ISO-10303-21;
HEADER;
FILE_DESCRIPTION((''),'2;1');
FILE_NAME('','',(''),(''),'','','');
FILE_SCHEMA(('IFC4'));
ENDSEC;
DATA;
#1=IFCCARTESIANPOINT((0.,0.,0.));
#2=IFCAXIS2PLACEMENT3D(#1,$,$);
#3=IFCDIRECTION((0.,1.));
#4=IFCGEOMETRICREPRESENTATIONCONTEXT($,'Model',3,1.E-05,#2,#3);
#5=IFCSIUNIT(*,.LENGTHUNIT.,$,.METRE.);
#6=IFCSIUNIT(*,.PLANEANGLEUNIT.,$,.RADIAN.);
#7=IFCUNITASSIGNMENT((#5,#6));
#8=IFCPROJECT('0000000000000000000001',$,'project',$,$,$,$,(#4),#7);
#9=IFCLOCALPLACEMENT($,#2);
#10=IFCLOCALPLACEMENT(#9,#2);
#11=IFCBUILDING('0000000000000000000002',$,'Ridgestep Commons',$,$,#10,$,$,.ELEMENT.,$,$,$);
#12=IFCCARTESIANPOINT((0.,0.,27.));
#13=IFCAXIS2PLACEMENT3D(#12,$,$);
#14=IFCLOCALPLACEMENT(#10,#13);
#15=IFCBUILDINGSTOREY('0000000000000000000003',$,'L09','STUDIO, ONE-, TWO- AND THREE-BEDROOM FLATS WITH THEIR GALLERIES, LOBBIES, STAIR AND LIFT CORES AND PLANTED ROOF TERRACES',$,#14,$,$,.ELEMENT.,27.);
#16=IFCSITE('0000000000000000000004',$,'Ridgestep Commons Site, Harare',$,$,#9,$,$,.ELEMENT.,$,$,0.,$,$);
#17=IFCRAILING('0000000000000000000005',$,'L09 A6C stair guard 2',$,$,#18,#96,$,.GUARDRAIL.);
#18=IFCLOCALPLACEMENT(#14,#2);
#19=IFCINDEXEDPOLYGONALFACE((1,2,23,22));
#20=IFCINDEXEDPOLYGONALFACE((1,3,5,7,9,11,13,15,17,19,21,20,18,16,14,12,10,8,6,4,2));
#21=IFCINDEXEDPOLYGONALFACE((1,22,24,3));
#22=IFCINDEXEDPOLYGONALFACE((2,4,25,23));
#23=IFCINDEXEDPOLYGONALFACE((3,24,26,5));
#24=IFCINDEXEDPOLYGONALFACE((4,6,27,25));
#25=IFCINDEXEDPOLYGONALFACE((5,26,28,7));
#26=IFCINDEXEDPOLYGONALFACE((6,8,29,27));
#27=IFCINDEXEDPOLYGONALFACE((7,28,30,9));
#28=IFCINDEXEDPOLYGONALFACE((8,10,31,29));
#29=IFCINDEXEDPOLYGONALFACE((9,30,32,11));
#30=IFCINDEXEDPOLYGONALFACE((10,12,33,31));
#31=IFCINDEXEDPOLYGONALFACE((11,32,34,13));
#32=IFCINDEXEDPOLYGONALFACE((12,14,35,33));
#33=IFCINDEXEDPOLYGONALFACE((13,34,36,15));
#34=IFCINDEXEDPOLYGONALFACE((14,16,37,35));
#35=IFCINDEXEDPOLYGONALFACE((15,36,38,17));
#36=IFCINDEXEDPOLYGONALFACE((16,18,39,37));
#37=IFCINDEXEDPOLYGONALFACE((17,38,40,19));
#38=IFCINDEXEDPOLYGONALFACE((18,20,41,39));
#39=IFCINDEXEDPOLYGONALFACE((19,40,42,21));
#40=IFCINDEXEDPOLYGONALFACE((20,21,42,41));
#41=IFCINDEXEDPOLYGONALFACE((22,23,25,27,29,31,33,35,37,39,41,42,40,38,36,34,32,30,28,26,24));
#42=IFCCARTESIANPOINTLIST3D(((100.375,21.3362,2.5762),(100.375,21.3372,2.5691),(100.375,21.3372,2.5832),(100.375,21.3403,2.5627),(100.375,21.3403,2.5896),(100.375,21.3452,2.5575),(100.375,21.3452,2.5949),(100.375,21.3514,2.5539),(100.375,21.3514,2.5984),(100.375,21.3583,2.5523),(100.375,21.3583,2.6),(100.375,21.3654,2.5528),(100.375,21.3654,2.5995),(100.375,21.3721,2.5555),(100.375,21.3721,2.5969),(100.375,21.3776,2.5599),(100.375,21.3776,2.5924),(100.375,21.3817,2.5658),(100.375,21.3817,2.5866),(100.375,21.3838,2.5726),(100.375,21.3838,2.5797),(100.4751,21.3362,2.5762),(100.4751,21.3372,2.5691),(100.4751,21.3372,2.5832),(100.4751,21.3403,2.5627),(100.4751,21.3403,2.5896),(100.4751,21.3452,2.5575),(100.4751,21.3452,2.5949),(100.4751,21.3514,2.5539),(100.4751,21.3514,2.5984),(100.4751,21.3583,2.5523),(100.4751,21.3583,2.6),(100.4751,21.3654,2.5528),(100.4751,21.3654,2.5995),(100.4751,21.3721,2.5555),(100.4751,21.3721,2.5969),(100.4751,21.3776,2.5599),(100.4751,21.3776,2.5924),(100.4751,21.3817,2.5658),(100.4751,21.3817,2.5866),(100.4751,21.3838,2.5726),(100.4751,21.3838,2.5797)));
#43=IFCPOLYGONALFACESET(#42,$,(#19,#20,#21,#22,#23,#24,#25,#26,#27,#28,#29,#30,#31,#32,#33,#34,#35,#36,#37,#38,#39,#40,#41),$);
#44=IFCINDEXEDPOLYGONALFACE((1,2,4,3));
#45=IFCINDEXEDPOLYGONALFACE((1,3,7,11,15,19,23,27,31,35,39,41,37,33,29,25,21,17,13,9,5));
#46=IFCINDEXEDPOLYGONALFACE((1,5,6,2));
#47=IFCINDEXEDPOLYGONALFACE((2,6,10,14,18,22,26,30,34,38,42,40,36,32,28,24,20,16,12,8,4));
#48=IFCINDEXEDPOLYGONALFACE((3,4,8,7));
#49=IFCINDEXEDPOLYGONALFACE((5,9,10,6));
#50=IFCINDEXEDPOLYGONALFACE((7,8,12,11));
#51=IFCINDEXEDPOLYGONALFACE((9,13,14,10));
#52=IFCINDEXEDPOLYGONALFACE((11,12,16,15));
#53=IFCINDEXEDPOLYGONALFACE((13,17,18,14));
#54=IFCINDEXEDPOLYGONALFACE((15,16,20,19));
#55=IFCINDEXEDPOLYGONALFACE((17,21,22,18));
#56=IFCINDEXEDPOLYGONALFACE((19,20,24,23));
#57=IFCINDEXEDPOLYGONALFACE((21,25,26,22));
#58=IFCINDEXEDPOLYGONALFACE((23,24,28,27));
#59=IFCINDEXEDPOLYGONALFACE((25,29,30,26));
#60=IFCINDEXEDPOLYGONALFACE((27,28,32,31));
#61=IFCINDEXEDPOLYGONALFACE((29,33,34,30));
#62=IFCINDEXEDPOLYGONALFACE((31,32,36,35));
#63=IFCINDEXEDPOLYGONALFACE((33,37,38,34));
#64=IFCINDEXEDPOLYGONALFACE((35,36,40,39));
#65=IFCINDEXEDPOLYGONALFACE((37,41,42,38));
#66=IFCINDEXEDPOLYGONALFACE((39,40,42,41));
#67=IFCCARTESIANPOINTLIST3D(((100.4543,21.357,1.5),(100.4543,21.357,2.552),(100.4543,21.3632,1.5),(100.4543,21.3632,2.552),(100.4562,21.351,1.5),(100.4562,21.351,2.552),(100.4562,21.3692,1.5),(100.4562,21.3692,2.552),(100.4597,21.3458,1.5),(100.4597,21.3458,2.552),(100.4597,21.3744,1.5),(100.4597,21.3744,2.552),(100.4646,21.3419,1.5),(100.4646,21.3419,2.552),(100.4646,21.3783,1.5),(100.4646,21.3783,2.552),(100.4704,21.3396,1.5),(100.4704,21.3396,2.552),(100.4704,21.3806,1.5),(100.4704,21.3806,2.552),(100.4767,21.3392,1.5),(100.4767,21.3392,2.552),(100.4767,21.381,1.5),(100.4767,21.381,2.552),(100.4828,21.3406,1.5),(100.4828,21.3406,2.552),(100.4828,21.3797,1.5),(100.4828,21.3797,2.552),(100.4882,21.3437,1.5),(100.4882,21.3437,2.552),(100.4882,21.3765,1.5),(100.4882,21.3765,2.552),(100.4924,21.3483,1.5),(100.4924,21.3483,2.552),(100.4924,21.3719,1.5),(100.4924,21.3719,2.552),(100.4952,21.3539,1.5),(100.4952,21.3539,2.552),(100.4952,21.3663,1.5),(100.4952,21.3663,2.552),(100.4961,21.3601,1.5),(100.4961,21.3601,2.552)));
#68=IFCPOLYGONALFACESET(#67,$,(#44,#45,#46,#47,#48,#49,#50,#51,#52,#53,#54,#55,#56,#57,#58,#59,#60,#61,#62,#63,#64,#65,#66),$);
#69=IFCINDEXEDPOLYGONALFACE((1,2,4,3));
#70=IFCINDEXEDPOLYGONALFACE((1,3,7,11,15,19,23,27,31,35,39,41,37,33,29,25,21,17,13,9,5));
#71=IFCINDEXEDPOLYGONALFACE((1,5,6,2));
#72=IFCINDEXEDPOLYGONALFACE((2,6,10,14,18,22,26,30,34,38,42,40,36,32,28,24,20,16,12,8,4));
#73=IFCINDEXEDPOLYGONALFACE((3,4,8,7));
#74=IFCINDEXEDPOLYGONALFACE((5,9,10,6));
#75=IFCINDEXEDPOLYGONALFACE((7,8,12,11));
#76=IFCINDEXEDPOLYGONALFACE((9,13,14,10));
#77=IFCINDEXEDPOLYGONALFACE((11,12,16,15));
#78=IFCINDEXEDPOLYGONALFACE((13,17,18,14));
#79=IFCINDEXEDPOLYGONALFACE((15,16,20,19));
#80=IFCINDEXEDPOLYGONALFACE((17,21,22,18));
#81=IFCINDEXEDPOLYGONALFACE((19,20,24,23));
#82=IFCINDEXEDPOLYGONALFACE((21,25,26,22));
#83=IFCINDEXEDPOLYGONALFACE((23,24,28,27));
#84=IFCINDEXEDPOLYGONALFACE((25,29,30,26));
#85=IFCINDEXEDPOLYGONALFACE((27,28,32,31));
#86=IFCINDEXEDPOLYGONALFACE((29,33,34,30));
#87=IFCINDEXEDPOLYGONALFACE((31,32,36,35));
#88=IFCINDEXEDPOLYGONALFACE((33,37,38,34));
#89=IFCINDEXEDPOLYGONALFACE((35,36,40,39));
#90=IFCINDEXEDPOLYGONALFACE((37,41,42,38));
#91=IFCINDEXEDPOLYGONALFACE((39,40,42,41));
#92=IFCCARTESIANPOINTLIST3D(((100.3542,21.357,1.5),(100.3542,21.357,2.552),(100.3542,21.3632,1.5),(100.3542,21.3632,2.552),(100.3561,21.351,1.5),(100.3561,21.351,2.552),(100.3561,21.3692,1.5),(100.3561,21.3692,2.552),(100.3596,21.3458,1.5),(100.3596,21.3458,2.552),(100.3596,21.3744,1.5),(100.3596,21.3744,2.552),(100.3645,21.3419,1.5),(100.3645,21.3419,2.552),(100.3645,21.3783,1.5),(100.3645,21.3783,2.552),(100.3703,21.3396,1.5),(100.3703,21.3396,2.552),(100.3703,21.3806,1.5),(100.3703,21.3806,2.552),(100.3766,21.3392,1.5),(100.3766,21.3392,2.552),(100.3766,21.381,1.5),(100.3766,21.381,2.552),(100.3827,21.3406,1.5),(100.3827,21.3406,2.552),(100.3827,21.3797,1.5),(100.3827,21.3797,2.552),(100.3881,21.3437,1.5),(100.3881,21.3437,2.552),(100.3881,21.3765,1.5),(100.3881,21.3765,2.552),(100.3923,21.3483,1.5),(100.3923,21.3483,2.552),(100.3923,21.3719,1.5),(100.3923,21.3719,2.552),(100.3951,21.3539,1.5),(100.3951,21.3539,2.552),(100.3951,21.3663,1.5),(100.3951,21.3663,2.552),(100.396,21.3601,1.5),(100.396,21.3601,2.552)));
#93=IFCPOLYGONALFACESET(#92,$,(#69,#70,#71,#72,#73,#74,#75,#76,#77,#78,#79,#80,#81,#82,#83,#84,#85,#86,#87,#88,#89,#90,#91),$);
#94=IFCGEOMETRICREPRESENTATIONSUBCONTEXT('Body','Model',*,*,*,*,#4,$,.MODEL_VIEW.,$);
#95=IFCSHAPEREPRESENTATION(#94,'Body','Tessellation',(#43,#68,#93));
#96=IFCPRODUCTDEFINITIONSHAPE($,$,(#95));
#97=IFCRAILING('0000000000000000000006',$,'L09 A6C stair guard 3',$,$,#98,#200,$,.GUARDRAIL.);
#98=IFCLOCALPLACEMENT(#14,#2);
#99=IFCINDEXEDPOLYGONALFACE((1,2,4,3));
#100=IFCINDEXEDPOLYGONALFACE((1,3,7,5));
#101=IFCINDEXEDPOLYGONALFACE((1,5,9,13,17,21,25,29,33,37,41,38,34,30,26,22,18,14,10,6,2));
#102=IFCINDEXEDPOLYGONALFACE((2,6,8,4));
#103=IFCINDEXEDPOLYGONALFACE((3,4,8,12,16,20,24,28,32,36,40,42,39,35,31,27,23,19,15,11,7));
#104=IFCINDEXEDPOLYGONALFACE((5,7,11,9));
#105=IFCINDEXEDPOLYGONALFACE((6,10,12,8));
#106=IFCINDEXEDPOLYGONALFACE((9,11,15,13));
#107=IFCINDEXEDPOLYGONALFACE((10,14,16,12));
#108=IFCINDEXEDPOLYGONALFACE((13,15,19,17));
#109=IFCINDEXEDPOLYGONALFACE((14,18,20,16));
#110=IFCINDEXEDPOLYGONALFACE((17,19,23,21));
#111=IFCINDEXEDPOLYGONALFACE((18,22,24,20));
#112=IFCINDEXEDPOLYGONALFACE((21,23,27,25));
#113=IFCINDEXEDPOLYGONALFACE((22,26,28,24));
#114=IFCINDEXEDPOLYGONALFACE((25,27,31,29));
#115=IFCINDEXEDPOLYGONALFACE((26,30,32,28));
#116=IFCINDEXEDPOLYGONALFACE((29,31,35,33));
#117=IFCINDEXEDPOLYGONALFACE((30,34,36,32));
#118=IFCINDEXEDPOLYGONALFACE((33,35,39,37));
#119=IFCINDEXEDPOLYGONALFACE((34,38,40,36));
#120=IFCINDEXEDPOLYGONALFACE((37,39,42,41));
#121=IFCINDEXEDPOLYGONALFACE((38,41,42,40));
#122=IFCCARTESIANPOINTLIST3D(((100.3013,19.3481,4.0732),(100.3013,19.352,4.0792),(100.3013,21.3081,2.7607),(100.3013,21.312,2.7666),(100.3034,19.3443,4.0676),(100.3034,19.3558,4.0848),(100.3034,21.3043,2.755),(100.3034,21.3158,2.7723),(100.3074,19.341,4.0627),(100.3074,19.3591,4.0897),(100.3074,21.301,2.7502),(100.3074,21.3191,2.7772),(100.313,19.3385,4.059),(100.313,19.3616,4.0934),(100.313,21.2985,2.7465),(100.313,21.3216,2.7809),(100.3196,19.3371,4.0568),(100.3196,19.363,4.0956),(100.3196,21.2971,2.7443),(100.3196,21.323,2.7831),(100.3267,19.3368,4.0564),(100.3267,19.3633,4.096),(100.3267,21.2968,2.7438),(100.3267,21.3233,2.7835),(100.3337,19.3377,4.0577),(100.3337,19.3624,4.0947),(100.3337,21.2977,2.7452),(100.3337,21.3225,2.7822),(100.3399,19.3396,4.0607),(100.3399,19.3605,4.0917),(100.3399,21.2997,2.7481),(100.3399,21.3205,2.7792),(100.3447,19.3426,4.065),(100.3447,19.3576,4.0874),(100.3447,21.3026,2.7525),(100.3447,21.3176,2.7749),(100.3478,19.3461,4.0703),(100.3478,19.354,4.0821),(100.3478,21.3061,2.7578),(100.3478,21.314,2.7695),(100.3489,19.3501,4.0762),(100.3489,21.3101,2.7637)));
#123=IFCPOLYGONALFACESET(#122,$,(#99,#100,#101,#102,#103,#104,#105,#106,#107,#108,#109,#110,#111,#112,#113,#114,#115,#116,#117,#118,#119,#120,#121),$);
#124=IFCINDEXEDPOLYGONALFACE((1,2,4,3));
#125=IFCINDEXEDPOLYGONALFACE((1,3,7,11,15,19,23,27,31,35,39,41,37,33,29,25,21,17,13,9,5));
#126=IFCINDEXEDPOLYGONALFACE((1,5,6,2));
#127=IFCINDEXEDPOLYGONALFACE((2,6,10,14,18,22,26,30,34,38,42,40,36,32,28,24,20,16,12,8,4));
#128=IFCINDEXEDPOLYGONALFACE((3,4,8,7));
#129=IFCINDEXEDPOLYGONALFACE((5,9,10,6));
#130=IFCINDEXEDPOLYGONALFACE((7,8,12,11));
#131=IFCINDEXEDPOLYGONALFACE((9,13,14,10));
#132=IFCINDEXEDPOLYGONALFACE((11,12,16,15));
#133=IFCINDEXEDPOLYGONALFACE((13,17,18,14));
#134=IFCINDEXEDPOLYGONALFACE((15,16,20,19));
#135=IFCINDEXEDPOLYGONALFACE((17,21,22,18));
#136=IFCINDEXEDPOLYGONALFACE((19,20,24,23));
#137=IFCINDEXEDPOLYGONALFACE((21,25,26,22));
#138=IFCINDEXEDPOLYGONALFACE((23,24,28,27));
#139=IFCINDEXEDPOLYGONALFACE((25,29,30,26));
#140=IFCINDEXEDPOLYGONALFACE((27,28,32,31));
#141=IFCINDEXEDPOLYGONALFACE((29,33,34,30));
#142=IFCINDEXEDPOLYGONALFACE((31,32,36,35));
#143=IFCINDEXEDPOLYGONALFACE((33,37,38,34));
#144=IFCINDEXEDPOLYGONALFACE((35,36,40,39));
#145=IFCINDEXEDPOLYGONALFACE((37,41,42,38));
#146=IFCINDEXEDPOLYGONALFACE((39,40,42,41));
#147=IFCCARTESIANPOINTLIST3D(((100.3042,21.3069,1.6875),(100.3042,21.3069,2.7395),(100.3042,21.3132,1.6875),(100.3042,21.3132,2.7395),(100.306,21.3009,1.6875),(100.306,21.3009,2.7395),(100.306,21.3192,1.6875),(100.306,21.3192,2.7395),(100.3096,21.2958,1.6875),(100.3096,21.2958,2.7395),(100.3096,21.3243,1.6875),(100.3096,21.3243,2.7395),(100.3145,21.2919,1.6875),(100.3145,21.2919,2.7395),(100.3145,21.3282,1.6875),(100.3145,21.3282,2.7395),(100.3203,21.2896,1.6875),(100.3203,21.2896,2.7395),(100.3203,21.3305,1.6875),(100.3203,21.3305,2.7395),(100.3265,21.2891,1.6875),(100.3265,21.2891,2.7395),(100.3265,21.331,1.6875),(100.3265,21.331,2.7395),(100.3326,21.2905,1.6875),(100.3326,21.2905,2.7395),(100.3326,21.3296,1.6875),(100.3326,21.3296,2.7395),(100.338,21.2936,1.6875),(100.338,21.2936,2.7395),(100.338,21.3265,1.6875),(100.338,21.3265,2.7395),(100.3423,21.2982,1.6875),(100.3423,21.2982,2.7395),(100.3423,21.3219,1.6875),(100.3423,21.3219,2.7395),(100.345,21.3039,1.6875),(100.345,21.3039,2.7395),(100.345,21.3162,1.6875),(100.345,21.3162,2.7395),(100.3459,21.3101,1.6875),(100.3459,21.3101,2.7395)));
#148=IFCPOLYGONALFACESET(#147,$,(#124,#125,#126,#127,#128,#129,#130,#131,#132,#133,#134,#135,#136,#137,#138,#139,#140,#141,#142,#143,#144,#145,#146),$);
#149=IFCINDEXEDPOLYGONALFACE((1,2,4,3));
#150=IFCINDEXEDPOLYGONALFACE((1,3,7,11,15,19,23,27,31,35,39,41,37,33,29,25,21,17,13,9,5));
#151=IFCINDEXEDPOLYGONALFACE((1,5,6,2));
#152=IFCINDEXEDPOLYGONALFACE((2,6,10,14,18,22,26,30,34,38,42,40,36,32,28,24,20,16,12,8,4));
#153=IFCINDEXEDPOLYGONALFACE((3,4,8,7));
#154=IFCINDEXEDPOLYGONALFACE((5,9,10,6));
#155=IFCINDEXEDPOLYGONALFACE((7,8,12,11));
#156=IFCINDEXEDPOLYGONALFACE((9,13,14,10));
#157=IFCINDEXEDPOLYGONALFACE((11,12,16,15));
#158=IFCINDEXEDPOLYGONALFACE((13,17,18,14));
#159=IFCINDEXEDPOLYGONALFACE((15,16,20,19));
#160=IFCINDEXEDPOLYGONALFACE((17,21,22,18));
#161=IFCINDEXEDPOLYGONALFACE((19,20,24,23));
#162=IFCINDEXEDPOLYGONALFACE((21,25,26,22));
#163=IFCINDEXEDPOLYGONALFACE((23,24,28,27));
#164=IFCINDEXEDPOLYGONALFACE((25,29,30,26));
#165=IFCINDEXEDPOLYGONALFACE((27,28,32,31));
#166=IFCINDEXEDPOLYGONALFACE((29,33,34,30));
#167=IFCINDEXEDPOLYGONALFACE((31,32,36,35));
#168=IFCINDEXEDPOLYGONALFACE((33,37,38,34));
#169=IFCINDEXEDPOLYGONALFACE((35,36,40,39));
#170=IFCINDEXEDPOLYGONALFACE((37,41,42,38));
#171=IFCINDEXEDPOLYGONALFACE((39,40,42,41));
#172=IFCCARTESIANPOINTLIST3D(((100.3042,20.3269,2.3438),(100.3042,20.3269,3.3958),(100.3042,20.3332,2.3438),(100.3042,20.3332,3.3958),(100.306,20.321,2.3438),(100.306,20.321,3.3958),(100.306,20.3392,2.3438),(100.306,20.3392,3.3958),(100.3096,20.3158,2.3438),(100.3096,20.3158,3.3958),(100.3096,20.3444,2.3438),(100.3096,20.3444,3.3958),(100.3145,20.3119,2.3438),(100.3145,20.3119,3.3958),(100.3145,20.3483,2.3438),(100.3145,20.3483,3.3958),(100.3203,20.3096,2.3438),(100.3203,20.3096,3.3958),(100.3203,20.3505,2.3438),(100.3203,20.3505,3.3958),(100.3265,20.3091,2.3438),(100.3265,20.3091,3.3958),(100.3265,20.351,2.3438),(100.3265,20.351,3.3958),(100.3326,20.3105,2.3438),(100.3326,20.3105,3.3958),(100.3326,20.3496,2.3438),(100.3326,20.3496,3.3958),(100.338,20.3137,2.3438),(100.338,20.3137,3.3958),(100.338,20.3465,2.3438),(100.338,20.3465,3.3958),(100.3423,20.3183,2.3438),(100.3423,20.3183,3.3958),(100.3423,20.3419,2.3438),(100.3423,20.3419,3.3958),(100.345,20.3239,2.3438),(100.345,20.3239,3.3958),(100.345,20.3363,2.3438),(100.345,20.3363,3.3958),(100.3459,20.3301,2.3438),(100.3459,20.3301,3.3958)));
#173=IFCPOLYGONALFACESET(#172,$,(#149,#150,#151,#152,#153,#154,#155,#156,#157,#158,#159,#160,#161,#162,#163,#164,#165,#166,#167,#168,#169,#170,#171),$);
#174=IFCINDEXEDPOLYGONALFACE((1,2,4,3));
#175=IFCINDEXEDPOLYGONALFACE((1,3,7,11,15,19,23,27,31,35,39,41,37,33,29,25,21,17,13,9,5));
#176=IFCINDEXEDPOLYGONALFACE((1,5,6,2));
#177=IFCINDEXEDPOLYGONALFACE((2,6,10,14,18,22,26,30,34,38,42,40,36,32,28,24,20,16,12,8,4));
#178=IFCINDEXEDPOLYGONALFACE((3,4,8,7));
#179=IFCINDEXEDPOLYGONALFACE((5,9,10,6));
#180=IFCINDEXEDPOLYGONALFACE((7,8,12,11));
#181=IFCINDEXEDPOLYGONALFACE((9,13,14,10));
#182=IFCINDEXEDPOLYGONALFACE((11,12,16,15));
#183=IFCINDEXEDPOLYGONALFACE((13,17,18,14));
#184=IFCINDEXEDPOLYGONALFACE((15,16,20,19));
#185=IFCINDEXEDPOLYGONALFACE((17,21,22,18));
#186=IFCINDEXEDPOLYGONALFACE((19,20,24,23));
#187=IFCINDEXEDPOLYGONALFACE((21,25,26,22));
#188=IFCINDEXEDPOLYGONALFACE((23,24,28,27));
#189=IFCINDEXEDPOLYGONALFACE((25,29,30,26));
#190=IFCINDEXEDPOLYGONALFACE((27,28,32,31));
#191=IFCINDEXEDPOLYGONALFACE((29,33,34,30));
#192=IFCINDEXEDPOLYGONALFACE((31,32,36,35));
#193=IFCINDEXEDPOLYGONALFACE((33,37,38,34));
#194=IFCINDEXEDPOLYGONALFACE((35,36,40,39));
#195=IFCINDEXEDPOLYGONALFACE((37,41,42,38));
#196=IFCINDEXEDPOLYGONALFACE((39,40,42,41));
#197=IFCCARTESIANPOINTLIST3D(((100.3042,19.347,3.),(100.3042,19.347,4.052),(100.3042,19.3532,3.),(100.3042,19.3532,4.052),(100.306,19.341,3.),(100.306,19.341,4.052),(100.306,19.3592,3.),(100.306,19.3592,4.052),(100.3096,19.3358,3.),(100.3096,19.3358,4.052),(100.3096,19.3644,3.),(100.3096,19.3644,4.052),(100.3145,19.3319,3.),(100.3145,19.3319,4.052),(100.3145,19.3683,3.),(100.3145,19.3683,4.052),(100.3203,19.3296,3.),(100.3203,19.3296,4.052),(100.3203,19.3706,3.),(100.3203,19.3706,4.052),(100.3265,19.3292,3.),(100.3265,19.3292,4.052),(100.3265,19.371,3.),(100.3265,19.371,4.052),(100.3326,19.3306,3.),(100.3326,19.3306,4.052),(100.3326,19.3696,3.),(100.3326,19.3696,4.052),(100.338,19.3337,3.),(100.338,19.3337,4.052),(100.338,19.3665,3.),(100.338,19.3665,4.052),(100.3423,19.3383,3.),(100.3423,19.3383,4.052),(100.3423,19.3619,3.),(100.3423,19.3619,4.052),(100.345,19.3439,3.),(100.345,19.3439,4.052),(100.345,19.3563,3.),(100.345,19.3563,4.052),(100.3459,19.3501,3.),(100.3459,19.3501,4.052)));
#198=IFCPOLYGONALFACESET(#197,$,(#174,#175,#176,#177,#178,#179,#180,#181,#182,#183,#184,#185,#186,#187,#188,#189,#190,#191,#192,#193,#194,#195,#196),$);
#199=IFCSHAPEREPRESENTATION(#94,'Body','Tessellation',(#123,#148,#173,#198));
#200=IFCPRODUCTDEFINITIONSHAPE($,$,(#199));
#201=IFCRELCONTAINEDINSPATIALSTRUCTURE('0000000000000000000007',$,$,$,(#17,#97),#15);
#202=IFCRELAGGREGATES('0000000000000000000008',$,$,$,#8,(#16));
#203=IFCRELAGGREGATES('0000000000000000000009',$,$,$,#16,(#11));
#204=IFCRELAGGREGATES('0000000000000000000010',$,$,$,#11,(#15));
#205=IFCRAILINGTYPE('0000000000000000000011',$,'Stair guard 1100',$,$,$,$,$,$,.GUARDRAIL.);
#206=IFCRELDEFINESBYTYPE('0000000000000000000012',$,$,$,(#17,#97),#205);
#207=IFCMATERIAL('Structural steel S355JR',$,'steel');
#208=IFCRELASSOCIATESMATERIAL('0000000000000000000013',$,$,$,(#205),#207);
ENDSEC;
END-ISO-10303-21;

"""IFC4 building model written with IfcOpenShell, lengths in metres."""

from ifc_helpers import new_model, si_unit, direction, frame, origin, origin_2d, place, context, subcontext, project, spatial, circle, extrude, material, type_object, element, save


model = new_model("IFC4")

# Units and contexts
model_context = context("Model", 3, precision=1e-05, world=origin(), true_north=direction((0.0, 1.0)))
body_context = subcontext(model_context, "Body", "Model", "MODEL_VIEW")
ifc_project = project(units=[si_unit("LENGTHUNIT", "METRE"), si_unit("PLANEANGLEUNIT", "RADIAN")], contexts=[model_context])

# Site, building, storey
site_placement = place(None, origin())
site = spatial("IfcSite", under=ifc_project, at=site_placement, Name="Ridgestep Commons Site, Harare", CompositionType="ELEMENT", RefElevation=0.0)
building_placement = place(site_placement, origin())
building = spatial("IfcBuilding", under=site, at=building_placement, Name="Ridgestep Commons", CompositionType="ELEMENT")
storey_placement = place(building_placement, frame((0.0, 0.0, 27.0)))
storey = spatial("IfcBuildingStorey", under=building, at=storey_placement, Name="L09", Description="STUDIO, ONE-, TWO- AND THREE-BEDROOM FLATS WITH THEIR GALLERIES, LOBBIES, STAIR AND LIFT CORES AND PLANTED ROOF TERRACES", CompositionType="ELEMENT", Elevation=27.0)

# Railings
ifc_material_1 = material(Name="Structural steel S355JR", Category="steel")
railing_type_1 = type_object("IfcRailingType", Name="Stair guard 1100", PredefinedType="GUARDRAIL", material=ifc_material_1)
for number, where, name in (
    (1, (100.4751, 21.3601, 1.5), "L09 A6C stair guard 2"),
):
    element("IfcRailing", number, at=place(storey_placement, frame(where)), inside=storey, type_object=railing_type_1, Name=name, PredefinedType="GUARDRAIL", context=body_context, shape_type="SweptSolid", body=[
        extrude(circle(Radius=0.0239, at=origin_2d()), frame((0.0, 0.0, 1.0762), z_axis=(-1.0, 0.0, 0.0), x_axis=(0.0, -1.0, 0.0)), (0.0, 0.0, 1.0), 0.1001),
        extrude(circle(Radius=0.021, at=origin_2d()), origin(), (0.0, 0.0, 1.0), 1.052),
        extrude(circle(Radius=0.021, at=origin_2d()), frame((-0.1001, 0.0, 0.0)), (0.0, 0.0, 1.0), 1.052),
    ])
railing_1_placement = place(storey_placement, frame((100.325, 21.3101, 1.6875)))
element("IfcRailing", 2, at=railing_1_placement, inside=storey, type_object=railing_type_1, Name="L09 A6C stair guard 3", PredefinedType="GUARDRAIL", context=body_context, shape_type="SweptSolid", body=[
    extrude(circle(Radius=0.0239, at=origin_2d()), frame((0.0, 0.0, 1.0762), z_axis=(0.0, -0.830902, 0.556419), x_axis=(1.0, 0.0, 0.0)), (0.0, 0.0, 1.0), 2.3589),
    extrude(circle(Radius=0.021, at=origin_2d()), origin(), (0.0, 0.0, 1.0), 1.052),
    extrude(circle(Radius=0.021, at=origin_2d()), frame((0.0, -0.98, 0.6562)), (0.0, 0.0, 1.0), 1.052),
    extrude(circle(Radius=0.021, at=origin_2d()), frame((0.0, -1.96, 1.3125)), (0.0, 0.0, 1.0), 1.052),
])

save(model, "model.ifc")
